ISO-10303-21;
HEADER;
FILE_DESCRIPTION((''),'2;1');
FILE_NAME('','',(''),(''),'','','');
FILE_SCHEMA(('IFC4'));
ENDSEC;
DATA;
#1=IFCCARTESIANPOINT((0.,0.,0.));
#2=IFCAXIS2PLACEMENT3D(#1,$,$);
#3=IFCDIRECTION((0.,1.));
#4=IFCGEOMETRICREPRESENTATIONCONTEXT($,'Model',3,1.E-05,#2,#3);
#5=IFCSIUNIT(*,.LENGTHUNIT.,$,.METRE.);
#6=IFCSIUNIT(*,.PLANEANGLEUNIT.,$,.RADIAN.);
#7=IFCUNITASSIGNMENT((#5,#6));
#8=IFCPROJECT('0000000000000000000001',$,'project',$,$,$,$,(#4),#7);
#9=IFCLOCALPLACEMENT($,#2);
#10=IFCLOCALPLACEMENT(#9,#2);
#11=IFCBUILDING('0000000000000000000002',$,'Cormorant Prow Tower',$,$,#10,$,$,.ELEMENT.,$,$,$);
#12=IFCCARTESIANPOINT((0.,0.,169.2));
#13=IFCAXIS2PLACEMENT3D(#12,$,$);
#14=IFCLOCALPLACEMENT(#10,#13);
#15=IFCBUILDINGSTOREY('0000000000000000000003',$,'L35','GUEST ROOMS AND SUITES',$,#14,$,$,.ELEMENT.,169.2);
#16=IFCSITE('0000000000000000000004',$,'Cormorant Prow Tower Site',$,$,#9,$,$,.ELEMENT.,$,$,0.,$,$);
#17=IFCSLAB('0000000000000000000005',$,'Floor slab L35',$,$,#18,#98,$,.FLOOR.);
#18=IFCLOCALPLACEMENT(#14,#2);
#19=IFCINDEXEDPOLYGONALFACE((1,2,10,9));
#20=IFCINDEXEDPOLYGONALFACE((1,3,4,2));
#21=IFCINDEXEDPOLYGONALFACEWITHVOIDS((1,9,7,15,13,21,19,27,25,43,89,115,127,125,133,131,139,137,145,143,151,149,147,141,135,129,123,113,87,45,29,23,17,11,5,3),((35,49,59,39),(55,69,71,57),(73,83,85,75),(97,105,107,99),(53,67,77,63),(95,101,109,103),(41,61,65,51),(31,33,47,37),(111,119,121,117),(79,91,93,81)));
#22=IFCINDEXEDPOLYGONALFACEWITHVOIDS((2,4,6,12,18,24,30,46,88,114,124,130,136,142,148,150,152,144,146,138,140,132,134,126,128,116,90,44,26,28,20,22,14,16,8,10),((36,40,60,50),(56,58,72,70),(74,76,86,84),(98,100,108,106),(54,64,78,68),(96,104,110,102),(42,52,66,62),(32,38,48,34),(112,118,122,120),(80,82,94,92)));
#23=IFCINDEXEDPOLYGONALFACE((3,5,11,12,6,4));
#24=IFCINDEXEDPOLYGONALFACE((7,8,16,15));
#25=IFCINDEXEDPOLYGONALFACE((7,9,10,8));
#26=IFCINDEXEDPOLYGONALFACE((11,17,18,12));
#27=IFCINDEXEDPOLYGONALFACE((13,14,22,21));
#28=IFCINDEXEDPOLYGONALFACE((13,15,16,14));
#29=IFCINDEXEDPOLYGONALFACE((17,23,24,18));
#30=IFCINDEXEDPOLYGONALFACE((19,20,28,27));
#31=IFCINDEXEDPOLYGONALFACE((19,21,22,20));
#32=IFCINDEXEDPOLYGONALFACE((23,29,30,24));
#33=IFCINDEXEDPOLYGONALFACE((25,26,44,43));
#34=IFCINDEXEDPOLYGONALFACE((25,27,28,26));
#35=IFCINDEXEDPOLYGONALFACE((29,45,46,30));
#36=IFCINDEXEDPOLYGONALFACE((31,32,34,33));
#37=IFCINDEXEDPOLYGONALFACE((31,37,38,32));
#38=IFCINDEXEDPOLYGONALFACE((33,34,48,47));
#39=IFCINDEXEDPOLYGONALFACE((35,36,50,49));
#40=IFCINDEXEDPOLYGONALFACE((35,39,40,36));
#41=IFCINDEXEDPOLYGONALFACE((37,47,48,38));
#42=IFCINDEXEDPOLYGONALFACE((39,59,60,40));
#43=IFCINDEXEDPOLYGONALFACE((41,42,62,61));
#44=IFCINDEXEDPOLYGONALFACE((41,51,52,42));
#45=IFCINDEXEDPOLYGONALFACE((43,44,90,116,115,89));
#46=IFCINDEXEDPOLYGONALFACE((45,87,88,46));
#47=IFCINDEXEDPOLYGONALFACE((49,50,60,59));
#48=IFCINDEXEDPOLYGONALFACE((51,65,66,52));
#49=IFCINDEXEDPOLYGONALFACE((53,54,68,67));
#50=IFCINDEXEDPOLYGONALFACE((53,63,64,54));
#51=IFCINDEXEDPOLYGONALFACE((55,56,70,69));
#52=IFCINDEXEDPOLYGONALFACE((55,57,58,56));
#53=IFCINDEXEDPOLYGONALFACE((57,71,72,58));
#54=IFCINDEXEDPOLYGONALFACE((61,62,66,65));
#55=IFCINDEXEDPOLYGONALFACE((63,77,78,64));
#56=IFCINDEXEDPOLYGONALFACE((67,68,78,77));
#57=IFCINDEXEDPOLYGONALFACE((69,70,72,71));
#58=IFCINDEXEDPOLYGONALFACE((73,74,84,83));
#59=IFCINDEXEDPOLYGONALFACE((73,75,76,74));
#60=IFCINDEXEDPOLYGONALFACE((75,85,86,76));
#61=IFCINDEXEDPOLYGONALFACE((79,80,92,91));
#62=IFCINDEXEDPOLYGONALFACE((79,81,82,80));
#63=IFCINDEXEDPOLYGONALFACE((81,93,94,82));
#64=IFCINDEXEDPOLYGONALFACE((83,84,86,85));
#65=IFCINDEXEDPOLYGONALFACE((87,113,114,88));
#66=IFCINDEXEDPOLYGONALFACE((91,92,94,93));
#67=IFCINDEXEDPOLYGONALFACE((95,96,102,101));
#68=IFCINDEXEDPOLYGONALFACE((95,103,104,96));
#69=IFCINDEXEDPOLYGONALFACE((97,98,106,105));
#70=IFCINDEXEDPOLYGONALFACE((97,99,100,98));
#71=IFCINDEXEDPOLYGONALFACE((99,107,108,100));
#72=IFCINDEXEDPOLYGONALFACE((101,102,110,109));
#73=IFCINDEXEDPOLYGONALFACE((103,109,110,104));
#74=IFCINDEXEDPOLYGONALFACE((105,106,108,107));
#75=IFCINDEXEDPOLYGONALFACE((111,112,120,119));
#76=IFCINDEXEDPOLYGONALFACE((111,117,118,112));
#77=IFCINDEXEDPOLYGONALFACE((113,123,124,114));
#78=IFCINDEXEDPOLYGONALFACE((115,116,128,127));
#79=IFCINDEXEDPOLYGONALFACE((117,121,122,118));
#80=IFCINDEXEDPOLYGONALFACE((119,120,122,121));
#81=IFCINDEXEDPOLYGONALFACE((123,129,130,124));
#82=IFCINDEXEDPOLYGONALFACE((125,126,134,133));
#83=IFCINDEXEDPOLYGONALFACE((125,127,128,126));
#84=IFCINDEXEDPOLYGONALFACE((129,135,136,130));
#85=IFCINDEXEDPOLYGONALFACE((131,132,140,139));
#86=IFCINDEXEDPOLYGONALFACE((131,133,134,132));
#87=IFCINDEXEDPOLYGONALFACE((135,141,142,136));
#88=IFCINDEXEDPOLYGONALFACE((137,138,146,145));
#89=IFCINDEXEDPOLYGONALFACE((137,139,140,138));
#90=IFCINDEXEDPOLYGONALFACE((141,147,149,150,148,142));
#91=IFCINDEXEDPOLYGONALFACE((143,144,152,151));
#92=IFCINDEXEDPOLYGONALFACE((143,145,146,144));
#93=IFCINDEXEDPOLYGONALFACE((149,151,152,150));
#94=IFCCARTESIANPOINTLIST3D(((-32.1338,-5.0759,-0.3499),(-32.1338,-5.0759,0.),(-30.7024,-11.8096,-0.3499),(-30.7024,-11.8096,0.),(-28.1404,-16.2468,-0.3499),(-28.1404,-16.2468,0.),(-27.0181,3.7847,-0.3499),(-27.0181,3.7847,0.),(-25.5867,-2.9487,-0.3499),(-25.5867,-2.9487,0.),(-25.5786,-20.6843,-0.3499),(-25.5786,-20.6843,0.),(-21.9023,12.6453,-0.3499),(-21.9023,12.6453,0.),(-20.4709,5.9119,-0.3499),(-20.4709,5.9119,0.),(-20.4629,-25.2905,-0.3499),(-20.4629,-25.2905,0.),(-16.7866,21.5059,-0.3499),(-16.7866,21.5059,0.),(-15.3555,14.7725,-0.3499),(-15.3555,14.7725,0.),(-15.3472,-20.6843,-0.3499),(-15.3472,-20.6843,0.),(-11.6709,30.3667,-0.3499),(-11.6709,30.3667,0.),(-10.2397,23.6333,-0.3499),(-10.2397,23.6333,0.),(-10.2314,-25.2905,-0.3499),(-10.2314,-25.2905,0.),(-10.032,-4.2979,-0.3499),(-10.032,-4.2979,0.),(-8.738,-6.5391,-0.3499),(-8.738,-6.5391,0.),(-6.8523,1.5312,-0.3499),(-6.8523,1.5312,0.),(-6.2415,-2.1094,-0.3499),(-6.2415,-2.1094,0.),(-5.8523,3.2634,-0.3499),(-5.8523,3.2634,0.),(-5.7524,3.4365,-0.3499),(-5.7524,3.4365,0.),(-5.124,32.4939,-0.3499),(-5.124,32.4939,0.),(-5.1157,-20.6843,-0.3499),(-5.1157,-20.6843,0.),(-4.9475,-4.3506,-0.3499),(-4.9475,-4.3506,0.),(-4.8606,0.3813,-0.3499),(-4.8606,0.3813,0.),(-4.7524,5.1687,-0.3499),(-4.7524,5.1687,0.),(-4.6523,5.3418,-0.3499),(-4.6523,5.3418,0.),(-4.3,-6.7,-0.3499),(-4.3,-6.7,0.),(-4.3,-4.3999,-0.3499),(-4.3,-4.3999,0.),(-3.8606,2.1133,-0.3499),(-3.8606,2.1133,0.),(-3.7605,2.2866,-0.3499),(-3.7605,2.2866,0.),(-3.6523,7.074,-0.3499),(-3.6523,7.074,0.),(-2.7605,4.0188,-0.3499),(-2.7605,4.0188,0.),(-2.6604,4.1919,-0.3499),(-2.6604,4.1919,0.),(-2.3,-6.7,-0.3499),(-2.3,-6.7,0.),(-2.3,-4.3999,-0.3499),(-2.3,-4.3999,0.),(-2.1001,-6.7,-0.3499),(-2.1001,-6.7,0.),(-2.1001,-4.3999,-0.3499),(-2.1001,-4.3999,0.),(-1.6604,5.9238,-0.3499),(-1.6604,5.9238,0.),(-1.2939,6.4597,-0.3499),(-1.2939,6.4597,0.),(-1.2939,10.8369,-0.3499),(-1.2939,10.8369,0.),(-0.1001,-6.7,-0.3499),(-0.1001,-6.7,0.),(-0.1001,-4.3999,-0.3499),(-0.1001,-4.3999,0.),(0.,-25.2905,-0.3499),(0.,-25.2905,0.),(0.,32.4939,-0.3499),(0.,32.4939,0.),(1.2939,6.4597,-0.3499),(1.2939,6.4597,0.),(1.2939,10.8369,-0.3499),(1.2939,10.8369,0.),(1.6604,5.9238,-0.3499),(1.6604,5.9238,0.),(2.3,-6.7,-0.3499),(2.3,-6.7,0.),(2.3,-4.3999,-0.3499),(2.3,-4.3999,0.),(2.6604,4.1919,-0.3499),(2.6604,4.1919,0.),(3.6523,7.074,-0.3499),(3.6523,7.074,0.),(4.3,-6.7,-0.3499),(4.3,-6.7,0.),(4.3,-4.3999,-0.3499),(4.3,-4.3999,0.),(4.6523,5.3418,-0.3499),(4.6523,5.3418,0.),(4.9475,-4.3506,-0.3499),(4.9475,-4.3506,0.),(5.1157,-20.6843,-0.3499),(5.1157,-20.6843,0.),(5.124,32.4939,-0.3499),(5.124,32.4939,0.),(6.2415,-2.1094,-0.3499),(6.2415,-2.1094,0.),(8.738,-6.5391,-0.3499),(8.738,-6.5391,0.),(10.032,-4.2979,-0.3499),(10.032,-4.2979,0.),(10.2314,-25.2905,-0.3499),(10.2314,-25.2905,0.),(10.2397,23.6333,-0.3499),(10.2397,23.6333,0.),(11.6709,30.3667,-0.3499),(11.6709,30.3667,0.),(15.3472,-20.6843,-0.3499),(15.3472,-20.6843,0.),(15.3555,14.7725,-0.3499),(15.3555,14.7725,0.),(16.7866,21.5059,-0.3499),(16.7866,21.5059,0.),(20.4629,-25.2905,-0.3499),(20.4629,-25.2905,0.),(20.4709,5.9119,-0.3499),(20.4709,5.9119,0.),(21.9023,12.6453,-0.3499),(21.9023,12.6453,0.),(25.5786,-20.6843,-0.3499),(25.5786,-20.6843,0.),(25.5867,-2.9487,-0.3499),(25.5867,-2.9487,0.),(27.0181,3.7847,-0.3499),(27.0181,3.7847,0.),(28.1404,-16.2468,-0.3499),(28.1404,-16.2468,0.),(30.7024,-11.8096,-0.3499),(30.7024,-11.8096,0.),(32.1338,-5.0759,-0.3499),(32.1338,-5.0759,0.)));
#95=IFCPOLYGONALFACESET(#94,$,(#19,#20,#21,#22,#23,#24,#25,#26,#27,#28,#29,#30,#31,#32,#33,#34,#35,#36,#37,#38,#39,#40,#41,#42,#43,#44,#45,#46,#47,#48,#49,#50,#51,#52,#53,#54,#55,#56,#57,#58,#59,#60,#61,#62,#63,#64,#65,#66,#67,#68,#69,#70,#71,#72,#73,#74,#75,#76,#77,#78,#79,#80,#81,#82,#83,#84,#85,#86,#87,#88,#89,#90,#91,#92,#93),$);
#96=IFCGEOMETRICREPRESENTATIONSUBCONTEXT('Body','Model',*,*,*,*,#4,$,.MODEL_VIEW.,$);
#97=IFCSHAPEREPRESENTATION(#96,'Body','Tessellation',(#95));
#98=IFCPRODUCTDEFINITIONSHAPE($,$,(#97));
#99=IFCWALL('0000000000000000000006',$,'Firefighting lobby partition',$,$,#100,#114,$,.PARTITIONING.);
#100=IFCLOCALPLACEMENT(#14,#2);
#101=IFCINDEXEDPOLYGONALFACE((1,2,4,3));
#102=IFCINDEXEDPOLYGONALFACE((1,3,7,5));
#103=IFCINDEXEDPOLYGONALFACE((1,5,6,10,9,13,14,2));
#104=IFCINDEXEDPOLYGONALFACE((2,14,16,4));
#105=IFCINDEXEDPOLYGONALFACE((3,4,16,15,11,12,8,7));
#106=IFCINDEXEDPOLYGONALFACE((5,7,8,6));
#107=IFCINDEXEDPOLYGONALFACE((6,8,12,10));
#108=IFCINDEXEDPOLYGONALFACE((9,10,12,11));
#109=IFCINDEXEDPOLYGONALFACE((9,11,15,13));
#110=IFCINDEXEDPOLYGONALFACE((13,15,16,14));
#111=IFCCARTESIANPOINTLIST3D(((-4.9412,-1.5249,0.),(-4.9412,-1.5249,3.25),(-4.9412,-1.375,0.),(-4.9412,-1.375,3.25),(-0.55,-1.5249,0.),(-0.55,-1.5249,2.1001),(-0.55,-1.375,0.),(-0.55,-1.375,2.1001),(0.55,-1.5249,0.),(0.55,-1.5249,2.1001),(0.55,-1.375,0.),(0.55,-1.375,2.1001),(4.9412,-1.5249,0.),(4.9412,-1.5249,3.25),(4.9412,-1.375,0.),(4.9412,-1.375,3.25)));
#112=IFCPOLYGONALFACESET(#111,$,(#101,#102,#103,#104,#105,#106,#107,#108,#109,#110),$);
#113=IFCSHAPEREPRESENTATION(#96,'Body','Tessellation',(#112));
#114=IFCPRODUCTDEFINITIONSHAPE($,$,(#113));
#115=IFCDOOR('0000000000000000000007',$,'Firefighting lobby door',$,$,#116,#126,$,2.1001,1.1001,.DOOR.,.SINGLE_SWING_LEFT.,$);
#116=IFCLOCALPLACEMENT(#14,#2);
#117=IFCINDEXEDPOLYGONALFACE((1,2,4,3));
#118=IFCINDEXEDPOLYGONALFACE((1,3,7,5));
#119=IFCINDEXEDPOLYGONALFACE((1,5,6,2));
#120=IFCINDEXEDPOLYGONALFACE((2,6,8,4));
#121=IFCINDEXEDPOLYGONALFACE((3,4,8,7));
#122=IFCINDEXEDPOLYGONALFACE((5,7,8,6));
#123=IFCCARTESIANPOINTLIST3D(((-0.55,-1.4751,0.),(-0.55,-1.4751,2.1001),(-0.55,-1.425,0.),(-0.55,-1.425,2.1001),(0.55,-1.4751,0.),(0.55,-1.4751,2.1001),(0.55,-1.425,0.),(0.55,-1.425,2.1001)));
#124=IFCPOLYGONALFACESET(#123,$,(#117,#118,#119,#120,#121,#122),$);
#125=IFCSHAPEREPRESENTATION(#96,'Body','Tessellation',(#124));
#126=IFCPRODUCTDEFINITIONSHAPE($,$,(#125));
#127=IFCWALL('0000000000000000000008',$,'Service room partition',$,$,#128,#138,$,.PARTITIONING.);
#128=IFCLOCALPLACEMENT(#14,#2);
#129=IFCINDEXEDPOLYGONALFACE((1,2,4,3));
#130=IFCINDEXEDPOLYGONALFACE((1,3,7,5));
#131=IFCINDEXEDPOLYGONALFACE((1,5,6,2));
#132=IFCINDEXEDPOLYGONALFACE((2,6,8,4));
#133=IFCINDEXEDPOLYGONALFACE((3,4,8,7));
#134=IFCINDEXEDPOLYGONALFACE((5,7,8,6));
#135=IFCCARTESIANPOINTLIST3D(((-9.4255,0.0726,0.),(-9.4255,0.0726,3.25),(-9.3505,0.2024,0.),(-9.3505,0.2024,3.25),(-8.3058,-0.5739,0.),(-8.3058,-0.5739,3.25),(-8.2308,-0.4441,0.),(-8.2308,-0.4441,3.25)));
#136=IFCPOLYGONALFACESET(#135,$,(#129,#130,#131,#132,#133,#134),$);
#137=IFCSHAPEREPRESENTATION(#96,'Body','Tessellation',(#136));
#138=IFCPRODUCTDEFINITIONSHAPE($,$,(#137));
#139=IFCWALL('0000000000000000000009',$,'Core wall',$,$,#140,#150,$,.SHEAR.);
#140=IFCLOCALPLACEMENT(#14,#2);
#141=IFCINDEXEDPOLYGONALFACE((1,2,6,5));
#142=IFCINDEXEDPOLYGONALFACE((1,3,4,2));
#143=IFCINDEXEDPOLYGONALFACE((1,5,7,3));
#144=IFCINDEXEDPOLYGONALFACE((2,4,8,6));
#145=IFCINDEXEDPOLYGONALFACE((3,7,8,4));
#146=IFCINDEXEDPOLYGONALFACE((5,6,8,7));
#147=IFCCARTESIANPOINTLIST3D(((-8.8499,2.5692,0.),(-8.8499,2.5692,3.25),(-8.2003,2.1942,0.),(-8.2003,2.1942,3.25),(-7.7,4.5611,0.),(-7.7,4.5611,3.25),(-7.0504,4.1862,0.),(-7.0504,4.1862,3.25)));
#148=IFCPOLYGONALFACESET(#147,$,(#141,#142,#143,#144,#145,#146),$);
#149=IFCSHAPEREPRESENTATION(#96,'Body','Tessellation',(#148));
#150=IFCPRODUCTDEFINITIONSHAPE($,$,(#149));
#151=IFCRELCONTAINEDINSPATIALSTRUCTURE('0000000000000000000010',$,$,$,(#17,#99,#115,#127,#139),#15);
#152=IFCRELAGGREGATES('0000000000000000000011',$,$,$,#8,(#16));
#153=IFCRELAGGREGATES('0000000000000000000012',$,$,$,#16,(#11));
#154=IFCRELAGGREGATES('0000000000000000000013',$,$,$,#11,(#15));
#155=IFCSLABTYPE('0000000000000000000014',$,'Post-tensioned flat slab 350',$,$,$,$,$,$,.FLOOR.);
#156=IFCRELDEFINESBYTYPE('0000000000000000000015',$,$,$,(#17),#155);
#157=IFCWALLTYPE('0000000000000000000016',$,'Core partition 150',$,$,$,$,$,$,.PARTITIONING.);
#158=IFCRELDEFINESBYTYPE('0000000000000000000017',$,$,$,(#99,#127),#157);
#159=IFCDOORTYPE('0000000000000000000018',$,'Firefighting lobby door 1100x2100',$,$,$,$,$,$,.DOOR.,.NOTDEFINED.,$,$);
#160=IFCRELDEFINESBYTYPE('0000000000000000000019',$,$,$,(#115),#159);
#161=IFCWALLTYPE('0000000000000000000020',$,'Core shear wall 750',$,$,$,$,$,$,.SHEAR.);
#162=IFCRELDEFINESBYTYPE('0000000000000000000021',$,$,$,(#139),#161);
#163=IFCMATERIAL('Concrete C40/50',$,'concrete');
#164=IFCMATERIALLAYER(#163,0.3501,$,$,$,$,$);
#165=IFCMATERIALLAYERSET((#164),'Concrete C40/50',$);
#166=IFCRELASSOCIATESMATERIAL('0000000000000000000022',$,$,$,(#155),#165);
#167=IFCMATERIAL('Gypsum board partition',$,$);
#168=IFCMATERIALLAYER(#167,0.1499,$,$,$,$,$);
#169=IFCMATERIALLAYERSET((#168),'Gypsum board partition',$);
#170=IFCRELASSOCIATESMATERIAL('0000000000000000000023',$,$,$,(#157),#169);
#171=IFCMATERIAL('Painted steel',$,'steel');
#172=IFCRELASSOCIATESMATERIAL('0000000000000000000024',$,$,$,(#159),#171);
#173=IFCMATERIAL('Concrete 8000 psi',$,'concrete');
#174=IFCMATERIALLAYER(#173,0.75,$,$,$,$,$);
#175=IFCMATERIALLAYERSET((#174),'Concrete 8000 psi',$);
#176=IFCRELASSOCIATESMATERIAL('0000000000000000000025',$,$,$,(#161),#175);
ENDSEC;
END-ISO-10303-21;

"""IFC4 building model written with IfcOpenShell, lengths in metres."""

from ifc_helpers import new_model, si_unit, direction, frame, frame_2d, origin, place, context, subcontext, project, spatial, polyline, rectangle, outline, extrude, material, layer, layer_set, type_object, element, fill, save


model = new_model("IFC4")

# Units and contexts
model_context = context("Model", 3, precision=1e-05, world=origin(), true_north=direction((0.0, 1.0)))
body_context = subcontext(model_context, "Body", "Model", "MODEL_VIEW")
ifc_project = project(units=[si_unit("LENGTHUNIT", "METRE"), si_unit("PLANEANGLEUNIT", "RADIAN")], contexts=[model_context])

# Site, building, storey
site_placement = place(None, origin())
site = spatial("IfcSite", under=ifc_project, at=site_placement, Name="Cormorant Prow Tower Site", CompositionType="ELEMENT", RefElevation=0.0)
building_placement = place(site_placement, origin())
building = spatial("IfcBuilding", under=site, at=building_placement, Name="Cormorant Prow Tower", CompositionType="ELEMENT")
storey_placement = place(building_placement, frame((0.0, 0.0, 169.2)))
storey = spatial("IfcBuildingStorey", under=building, at=storey_placement, Name="L35", Description="GUEST ROOMS AND SUITES", CompositionType="ELEMENT", Elevation=169.2)

# Slab
ifc_material_1 = material(Name="Concrete C40/50", Category="concrete")
ifc_layer_1 = layer(ifc_material_1, 0.3501)
ifc_layer_set_1 = layer_set([ifc_layer_1], Name="Concrete C40/50")
slab_type_1 = type_object("IfcSlabType", Name="Post-tensioned flat slab 350", PredefinedType="FLOOR", material=ifc_layer_set_1)
slab_1_placement = place(storey_placement, frame((0.0, 0.0, -0.3499)))
element("IfcSlab", 1, at=slab_1_placement, inside=storey, type_object=slab_type_1, Name="Floor slab L35", PredefinedType="FLOOR", context=body_context, shape_type="SweptSolid", body=[
    extrude(outline(polyline([(-10.2397, 23.6333), (-16.7866, 21.5059), (-15.3555, 14.7725), (-21.9023, 12.6453), (-20.4709, 5.9119), (-27.0181, 3.7847), (-25.5867, -2.9487), (-32.1338, -5.0759), (-30.7024, -11.8096), (-28.1404, -16.2468), (-25.5786, -20.6843), (-20.4629, -25.2905), (-15.3472, -20.6843), (-10.2314, -25.2905), (-5.1157, -20.6843), (0.0, -25.2905), (5.1157, -20.6843), (10.2314, -25.2905), (15.3472, -20.6843), (20.4629, -25.2905), (25.5786, -20.6843), (28.1404, -16.2468), (30.7024, -11.8096), (32.1338, -5.0759), (25.5867, -2.9487), (27.0181, 3.7847), (20.4709, 5.9119), (21.9023, 12.6453), (15.3555, 14.7725), (16.7866, 21.5059), (10.2397, 23.6333), (11.6709, 30.3667), (5.124, 32.4939), (0.0, 32.4939), (-5.124, 32.4939), (-11.6709, 30.3667), (-10.2397, 23.6333)]), holes=[polyline([(-4.3, -4.3999), (-2.3, -4.3999), (-2.3, -6.7), (-4.3, -6.7), (-4.3, -4.3999)]), polyline([(-0.1001, -4.3999), (-0.1001, -6.7), (-2.1001, -6.7), (-2.1001, -4.3999), (-0.1001, -4.3999)]), polyline([(4.3, -6.7), (2.3, -6.7), (2.3, -4.3999), (4.3, -4.3999), (4.3, -6.7)]), polyline([(4.6523, 5.3418), (2.6604, 4.1919), (1.6604, 5.9238), (3.6523, 7.074), (4.6523, 5.3418)]), polyline([(-1.6604, 5.9238), (-2.6604, 4.1919), (-4.6523, 5.3418), (-3.6523, 7.074), (-1.6604, 5.9238)]), polyline([(-3.7605, 2.2866), (-5.7524, 3.4365), (-4.7524, 5.1687), (-2.7605, 4.0188), (-3.7605, 2.2866)]), polyline([(-6.8523, 1.5312), (-5.8523, 3.2634), (-3.8606, 2.1133), (-4.8606, 0.3813), (-6.8523, 1.5312)]), polyline([(-4.9475, -4.3506), (-8.738, -6.5391), (-10.032, -4.2979), (-6.2415, -2.1094), (-4.9475, -4.3506)]), polyline([(10.032, -4.2979), (8.738, -6.5391), (4.9475, -4.3506), (6.2415, -2.1094), (10.032, -4.2979)]), polyline([(1.2939, 10.8369), (1.2939, 6.4597), (-1.2939, 6.4597), (-1.2939, 10.8369), (1.2939, 10.8369)])]), origin(), (0.0, 0.0, 1.0), 0.3499),
])

# Wall, opening, door
ifc_material_2 = material(Name="Gypsum board partition")
ifc_layer_2 = layer(ifc_material_2, 0.1499)
ifc_layer_set_2 = layer_set([ifc_layer_2], Name="Gypsum board partition")
wall_type_1 = type_object("IfcWallType", Name="Core partition 150", PredefinedType="PARTITIONING", material=ifc_layer_set_2)
wall_1_placement = place(storey_placement, frame((-4.9412, -1.45, 0.0), z_axis=(0.0, 0.0, 1.0), x_axis=(1.0, 0.0, 0.0)))
wall_1 = element("IfcWall", 2, at=wall_1_placement, inside=storey, type_object=wall_type_1, Name="Firefighting lobby partition", PredefinedType="PARTITIONING", context=body_context, shape_type="SweptSolid", body=[
    extrude(rectangle(XDim=9.8823, YDim=0.1499, at=frame_2d((4.9412, 0.0))), origin(), (0.0, 0.0, 1.0), 3.25),
])
opening_1_placement = place(wall_1_placement, frame((4.3911, 0.0, 0.0)))
opening_1 = element("IfcOpeningElement", 3, at=opening_1_placement, cuts=wall_1, PredefinedType="OPENING", context=body_context, shape_type="SweptSolid", body=[
    extrude(rectangle(XDim=1.1001, YDim=2.1001, at=frame_2d((0.55, 1.05))), frame((0.0, 0.085, 0.0), z_axis=(0.0, -1.0, 0.0), x_axis=(1.0, 0.0, 0.0)), (0.0, 0.0, 1.0), 0.1699),
])
ifc_material_3 = material(Name="Painted steel", Category="steel")
door_type_1 = type_object("IfcDoorType", Name="Firefighting lobby door 1100x2100", OperationType="NOTDEFINED", PredefinedType="DOOR", material=ifc_material_3)
door_1_placement = place(opening_1_placement, origin())
door_1 = element("IfcDoor", 4, at=door_1_placement, inside=storey, type_object=door_type_1, Name="Firefighting lobby door", OperationType="SINGLE_SWING_LEFT", OverallHeight=2.1001, OverallWidth=1.1001, PredefinedType="DOOR", context=body_context, shape_type="SweptSolid", body=[
    extrude(rectangle(XDim=1.1001, YDim=2.1001, at=frame_2d((0.55, 1.05))), frame((0.0, 0.0249, 0.0), z_axis=(0.0, -1.0, 0.0), x_axis=(1.0, 0.0, 0.0)), (0.0, 0.0, 1.0), 0.05),
])
fill(opening_1, door_1)

# Walls
wall_2_placement = place(storey_placement, frame((-8.2683, -0.509, 0.0), z_axis=(0.0, 0.0, 1.0), x_axis=(-0.866003, 0.500038, 0.0)))
element("IfcWall", 5, at=wall_2_placement, inside=storey, type_object=wall_type_1, Name="Service room partition", PredefinedType="PARTITIONING", context=body_context, shape_type="SweptSolid", body=[
    extrude(rectangle(XDim=1.293, YDim=0.1499, at=frame_2d((0.6465, 0.0))), origin(), (0.0, 0.0, 1.0), 3.25),
])
ifc_material_4 = material(Name="Concrete 8000 psi", Category="concrete")
ifc_layer_3 = layer(ifc_material_4, 0.75)
ifc_layer_set_3 = layer_set([ifc_layer_3], Name="Concrete 8000 psi")
wall_type_2 = type_object("IfcWallType", Name="Core shear wall 750", PredefinedType="SHEAR", material=ifc_layer_set_3)
wall_3_placement = place(storey_placement, frame((-7.3752, 4.3735, 0.0), z_axis=(0.0, 0.0, 1.0), x_axis=(-0.499952, -0.866053, 0.0)))
element("IfcWall", 6, at=wall_3_placement, inside=storey, type_object=wall_type_2, Name="Core wall", PredefinedType="SHEAR", context=body_context, shape_type="SweptSolid", body=[
    extrude(rectangle(XDim=2.3, YDim=0.75, at=frame_2d((1.1499, 0.0))), origin(), (0.0, 0.0, 1.0), 3.25),
])

save(model, "model.ifc")
